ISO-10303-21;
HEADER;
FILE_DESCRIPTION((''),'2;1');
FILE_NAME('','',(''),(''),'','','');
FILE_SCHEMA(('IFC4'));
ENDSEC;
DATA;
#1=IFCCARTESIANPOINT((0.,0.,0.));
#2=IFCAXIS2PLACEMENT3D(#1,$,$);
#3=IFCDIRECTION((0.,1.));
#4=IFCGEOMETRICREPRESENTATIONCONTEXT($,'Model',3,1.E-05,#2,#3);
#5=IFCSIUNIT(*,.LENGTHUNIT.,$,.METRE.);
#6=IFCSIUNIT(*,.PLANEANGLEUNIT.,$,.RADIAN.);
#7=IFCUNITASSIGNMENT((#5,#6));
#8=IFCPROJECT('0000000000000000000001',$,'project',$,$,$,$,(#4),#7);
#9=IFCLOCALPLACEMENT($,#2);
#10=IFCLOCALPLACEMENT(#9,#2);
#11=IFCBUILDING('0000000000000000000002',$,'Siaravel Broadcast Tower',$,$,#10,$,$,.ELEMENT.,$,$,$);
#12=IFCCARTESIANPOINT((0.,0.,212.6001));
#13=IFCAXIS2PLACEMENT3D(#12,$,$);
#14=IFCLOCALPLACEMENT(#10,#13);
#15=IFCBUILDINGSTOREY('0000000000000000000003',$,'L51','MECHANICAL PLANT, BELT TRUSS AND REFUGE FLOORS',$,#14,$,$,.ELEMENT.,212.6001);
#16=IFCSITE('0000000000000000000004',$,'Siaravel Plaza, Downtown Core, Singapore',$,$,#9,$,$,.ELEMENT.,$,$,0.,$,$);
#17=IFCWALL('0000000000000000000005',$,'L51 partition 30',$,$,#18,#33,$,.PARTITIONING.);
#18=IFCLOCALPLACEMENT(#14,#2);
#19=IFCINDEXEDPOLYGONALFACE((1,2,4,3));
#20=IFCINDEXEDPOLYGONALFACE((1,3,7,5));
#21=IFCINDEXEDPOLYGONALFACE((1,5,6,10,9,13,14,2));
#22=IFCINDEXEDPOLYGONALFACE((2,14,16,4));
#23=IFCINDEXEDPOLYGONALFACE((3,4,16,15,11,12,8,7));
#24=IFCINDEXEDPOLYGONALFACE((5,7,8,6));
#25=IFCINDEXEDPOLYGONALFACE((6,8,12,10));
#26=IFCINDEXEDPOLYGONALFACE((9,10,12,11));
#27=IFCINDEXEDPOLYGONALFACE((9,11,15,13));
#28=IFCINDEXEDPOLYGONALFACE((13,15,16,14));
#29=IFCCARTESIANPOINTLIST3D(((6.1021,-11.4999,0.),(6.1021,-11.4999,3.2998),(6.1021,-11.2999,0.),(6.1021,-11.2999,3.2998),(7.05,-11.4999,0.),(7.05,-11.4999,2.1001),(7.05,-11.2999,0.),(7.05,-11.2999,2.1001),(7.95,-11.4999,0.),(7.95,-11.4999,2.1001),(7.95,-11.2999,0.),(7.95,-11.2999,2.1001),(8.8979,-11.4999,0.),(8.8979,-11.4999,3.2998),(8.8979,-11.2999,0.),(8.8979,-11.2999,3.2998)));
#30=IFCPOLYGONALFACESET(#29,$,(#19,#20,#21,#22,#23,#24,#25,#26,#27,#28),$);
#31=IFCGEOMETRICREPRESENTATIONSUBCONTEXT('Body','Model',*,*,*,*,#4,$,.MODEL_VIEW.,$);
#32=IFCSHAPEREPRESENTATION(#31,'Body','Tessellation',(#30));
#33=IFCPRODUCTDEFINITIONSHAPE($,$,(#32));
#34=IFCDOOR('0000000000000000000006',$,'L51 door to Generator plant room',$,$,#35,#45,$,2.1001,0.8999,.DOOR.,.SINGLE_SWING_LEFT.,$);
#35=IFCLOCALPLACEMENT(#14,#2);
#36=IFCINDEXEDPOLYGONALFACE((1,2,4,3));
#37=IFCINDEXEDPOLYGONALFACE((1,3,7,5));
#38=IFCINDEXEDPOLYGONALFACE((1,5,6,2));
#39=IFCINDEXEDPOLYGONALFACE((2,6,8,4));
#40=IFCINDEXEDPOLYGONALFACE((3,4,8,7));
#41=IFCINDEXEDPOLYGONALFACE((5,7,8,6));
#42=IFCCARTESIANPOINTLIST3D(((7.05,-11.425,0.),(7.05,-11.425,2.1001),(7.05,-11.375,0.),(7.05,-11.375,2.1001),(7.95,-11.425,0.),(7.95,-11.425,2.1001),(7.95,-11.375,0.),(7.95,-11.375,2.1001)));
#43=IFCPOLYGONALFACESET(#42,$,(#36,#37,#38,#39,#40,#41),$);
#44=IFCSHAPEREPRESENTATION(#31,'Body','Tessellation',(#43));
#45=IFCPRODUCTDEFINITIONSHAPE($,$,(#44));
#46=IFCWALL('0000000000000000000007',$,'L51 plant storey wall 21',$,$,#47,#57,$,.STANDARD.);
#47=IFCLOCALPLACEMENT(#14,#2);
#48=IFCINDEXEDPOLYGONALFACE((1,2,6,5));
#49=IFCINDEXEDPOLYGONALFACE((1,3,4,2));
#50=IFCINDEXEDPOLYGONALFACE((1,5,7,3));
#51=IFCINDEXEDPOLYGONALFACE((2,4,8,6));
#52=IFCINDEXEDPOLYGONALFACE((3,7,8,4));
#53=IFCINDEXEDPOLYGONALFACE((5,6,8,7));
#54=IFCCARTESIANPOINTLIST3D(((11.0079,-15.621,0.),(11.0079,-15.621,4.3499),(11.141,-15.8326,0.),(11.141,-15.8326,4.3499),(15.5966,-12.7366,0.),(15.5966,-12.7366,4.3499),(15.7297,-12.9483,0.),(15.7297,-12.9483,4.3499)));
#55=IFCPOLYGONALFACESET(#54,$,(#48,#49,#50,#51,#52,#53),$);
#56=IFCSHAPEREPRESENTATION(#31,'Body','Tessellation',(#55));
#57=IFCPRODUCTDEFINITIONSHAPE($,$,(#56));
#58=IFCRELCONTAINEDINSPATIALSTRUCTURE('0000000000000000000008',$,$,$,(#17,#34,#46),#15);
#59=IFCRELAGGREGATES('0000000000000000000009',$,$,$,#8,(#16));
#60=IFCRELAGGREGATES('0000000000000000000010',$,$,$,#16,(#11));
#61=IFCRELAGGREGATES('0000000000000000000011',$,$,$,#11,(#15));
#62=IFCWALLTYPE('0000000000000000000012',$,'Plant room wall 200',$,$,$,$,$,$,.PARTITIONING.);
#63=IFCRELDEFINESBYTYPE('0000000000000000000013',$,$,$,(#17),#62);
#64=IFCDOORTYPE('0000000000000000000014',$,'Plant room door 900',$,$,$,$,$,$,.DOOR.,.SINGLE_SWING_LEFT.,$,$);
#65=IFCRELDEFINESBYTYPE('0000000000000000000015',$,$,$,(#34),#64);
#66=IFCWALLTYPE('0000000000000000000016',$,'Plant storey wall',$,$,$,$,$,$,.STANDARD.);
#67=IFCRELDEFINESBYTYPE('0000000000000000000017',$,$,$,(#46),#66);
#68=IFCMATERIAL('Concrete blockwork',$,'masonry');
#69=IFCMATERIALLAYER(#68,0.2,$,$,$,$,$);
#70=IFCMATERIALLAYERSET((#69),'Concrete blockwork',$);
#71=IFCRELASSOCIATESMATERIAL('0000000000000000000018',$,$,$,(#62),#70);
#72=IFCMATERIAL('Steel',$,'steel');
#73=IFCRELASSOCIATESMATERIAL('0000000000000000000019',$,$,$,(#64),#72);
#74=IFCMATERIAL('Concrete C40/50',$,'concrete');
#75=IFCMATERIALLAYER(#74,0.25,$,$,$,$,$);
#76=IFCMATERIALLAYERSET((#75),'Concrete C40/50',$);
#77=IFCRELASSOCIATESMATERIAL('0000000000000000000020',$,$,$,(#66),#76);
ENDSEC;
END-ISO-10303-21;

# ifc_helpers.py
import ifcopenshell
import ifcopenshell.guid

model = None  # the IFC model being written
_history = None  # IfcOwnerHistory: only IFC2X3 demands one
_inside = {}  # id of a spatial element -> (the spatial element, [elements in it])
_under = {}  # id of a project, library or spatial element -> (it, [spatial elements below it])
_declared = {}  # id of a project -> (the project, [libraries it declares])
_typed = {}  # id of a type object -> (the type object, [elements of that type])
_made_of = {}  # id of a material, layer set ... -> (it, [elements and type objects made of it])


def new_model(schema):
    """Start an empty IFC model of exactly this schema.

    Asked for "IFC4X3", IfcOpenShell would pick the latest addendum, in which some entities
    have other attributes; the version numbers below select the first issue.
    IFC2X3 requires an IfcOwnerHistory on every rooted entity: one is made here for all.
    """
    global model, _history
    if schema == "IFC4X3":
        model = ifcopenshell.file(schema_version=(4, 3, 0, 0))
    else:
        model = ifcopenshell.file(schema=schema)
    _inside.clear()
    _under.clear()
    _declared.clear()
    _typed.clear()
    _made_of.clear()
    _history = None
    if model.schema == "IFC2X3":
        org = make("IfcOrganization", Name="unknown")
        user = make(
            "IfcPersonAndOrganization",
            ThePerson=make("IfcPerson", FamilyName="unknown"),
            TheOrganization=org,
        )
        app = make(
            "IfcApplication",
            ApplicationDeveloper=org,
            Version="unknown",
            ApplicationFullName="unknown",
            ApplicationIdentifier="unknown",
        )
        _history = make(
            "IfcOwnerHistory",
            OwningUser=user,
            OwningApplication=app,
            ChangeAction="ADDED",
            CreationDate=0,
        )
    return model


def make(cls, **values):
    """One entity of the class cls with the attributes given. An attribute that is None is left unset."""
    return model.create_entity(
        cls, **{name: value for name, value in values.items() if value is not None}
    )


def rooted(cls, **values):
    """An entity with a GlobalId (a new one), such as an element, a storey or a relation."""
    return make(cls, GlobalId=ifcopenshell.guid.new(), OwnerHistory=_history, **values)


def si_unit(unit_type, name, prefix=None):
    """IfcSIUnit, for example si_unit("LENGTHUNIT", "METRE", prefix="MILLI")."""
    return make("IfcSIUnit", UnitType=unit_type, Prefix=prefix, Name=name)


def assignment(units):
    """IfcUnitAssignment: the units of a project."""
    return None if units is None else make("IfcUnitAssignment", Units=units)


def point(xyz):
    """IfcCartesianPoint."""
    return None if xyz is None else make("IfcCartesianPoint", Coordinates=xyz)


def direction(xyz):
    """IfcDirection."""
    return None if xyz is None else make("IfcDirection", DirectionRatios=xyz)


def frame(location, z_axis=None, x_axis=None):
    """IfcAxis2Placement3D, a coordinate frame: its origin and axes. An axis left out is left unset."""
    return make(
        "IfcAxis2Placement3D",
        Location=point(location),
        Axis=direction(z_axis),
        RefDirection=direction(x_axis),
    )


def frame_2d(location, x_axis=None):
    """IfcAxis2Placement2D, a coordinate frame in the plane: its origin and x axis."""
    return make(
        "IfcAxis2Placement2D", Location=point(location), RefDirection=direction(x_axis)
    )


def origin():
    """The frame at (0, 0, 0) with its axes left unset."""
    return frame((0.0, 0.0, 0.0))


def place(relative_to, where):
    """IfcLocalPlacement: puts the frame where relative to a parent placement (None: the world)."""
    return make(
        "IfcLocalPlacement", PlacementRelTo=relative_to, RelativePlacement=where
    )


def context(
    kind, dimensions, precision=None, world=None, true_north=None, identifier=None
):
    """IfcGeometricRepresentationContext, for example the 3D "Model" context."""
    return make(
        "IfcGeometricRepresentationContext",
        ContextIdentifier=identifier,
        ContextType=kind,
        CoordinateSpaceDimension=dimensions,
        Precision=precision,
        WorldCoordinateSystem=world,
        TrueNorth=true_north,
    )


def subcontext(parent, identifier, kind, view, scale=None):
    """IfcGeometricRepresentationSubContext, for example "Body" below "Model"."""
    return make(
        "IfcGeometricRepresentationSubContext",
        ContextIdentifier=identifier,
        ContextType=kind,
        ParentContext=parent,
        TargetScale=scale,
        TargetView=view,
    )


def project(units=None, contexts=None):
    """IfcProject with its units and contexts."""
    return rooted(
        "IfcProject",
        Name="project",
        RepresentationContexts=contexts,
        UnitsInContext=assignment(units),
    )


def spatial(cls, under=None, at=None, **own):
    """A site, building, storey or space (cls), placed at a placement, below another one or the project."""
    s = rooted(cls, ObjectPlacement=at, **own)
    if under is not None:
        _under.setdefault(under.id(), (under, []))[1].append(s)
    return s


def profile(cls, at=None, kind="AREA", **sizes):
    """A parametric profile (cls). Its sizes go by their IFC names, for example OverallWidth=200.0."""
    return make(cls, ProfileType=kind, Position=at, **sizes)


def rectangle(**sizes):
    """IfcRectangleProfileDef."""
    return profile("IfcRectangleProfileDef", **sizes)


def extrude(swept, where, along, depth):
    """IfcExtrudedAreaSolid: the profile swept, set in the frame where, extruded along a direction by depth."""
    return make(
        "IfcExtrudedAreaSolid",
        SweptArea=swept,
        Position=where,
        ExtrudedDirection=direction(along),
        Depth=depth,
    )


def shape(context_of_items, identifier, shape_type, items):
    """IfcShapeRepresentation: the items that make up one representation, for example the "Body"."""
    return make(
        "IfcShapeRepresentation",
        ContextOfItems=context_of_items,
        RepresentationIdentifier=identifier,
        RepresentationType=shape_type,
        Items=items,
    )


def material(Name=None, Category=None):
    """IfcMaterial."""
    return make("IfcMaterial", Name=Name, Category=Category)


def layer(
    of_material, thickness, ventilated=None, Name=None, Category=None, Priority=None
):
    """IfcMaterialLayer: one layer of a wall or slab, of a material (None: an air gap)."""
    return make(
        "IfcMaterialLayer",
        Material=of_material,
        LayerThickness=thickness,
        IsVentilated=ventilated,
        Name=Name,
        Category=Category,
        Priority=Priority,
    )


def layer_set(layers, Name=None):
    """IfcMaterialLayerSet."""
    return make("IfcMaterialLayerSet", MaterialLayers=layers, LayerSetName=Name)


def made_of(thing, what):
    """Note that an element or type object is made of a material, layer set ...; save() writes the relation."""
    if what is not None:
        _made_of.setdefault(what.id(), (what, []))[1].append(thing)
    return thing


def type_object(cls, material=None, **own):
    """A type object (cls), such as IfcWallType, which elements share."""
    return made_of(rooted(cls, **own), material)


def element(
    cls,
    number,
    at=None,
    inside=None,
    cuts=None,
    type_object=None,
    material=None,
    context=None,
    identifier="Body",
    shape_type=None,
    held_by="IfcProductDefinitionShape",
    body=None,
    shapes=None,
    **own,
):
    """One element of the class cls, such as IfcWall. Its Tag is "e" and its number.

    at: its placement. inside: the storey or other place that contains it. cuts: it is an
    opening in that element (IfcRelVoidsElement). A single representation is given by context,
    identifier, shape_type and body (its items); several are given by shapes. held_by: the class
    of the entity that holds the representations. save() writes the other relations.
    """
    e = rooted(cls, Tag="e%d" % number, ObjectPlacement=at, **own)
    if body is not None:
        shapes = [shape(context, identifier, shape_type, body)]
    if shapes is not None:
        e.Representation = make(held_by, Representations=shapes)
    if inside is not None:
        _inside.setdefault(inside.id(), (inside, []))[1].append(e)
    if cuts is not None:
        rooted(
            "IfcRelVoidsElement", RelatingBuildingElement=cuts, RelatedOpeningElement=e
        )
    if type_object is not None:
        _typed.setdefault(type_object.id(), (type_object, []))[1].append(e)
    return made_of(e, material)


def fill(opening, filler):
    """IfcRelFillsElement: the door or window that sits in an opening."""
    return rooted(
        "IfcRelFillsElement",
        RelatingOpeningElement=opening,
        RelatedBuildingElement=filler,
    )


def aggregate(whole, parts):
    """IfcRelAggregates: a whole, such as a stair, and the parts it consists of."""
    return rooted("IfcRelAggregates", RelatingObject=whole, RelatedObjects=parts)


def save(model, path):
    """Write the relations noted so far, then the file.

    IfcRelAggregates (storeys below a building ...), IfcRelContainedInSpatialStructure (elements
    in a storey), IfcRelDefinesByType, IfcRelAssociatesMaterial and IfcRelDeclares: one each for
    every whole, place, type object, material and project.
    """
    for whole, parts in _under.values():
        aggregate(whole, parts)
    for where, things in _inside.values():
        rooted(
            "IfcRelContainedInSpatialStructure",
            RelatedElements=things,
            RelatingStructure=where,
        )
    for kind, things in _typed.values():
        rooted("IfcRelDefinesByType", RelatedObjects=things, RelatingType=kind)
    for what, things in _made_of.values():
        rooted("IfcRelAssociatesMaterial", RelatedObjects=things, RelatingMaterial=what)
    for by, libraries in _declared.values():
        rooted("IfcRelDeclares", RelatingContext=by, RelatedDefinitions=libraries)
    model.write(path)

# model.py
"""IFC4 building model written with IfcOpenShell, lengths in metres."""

from ifc_helpers import new_model, si_unit, direction, frame, frame_2d, origin, place, context, subcontext, project, spatial, rectangle, extrude, material, layer, layer_set, type_object, element, fill, save


model = new_model("IFC4")

# Units and contexts
model_context = context("Model", 3, precision=1e-05, world=origin(), true_north=direction((0.0, 1.0)))
body_context = subcontext(model_context, "Body", "Model", "MODEL_VIEW")
ifc_project = project(units=[si_unit("LENGTHUNIT", "METRE"), si_unit("PLANEANGLEUNIT", "RADIAN")], contexts=[model_context])

# Site, building, storey
site_placement = place(None, origin())
site = spatial("IfcSite", under=ifc_project, at=site_placement, Name="Siaravel Plaza, Downtown Core, Singapore", CompositionType="ELEMENT", RefElevation=0.0)
building_placement = place(site_placement, origin())
building = spatial("IfcBuilding", under=site, at=building_placement, Name="Siaravel Broadcast Tower", CompositionType="ELEMENT")
storey_placement = place(building_placement, frame((0.0, 0.0, 212.6001)))
storey = spatial("IfcBuildingStorey", under=building, at=storey_placement, Name="L51", Description="MECHANICAL PLANT, BELT TRUSS AND REFUGE FLOORS", CompositionType="ELEMENT", Elevation=212.6001)

# Wall, opening, door
ifc_material_1 = material(Name="Concrete blockwork", Category="masonry")
ifc_layer_1 = layer(ifc_material_1, 0.2)
ifc_layer_set_1 = layer_set([ifc_layer_1], Name="Concrete blockwork")
wall_type_1 = type_object("IfcWallType", Name="Plant room wall 200", PredefinedType="PARTITIONING", material=ifc_layer_set_1)
ifc_material_2 = material(Name="Steel", Category="steel")
door_type = type_object("IfcDoorType", Name="Plant room door 900", OperationType="SINGLE_SWING_LEFT", PredefinedType="DOOR", material=ifc_material_2)
wall_1_placement = place(storey_placement, frame((6.1021, -11.3999, 0.0), z_axis=(0.0, 0.0, 1.0), x_axis=(1.0, 0.0, 0.0)))
wall_1 = element("IfcWall", 1, at=wall_1_placement, inside=storey, type_object=wall_type_1, Name="L51 partition 30", PredefinedType="PARTITIONING", context=body_context, shape_type="SweptSolid", body=[
    extrude(rectangle(XDim=2.7959, YDim=0.2, at=frame_2d((1.3979, 0.0))), origin(), (0.0, 0.0, 1.0), 3.2998),
])
opening_1_placement = place(wall_1_placement, frame((0.948, 0.0, 0.0)))
opening_1 = element("IfcOpeningElement", 2, at=opening_1_placement, cuts=wall_1, PredefinedType="OPENING", context=body_context, shape_type="SweptSolid", body=[
    extrude(rectangle(XDim=0.8999, YDim=2.1001, at=frame_2d((0.45, 1.05))), frame((0.0, 0.1099, 0.0), z_axis=(0.0, -1.0, 0.0), x_axis=(1.0, 0.0, 0.0)), (0.0, 0.0, 1.0), 0.22),
])
door_1_placement = place(opening_1_placement, origin())
door_1 = element("IfcDoor", 3, at=door_1_placement, inside=storey, type_object=door_type, Name="L51 door to Generator plant room", OperationType="SINGLE_SWING_LEFT", OverallHeight=2.1001, OverallWidth=0.8999, PredefinedType="DOOR", context=body_context, shape_type="SweptSolid", body=[
    extrude(rectangle(XDim=0.8999, YDim=2.1001, at=frame_2d((0.45, 1.05))), frame((0.0, 0.0249, 0.0), z_axis=(0.0, -1.0, 0.0), x_axis=(1.0, 0.0, 0.0)), (0.0, 0.0, 1.0), 0.05),
])
fill(opening_1, door_1)

# Wall
ifc_material_3 = material(Name="Concrete C40/50", Category="concrete")
ifc_layer_2 = layer(ifc_material_3, 0.25)
ifc_layer_set_2 = layer_set([ifc_layer_2], Name="Concrete C40/50")
wall_type_2 = type_object("IfcWallType", Name="Plant storey wall", PredefinedType="STANDARD", material=ifc_layer_set_2)
wall_2_placement = place(storey_placement, frame((11.0745, -15.7268, 0.0), z_axis=(0.0, 0.0, 1.0), x_axis=(0.846637, 0.532172, 0.0)))
element("IfcWall", 4, at=wall_2_placement, inside=storey, type_object=wall_type_2, Name="L51 plant storey wall 21", PredefinedType="STANDARD", context=body_context, shape_type="SweptSolid", body=[
    extrude(rectangle(XDim=5.4199, YDim=0.25, at=frame_2d((2.71, 0.0))), origin(), (0.0, 0.0, 1.0), 4.3499),
])

save(model, "model.ifc")
